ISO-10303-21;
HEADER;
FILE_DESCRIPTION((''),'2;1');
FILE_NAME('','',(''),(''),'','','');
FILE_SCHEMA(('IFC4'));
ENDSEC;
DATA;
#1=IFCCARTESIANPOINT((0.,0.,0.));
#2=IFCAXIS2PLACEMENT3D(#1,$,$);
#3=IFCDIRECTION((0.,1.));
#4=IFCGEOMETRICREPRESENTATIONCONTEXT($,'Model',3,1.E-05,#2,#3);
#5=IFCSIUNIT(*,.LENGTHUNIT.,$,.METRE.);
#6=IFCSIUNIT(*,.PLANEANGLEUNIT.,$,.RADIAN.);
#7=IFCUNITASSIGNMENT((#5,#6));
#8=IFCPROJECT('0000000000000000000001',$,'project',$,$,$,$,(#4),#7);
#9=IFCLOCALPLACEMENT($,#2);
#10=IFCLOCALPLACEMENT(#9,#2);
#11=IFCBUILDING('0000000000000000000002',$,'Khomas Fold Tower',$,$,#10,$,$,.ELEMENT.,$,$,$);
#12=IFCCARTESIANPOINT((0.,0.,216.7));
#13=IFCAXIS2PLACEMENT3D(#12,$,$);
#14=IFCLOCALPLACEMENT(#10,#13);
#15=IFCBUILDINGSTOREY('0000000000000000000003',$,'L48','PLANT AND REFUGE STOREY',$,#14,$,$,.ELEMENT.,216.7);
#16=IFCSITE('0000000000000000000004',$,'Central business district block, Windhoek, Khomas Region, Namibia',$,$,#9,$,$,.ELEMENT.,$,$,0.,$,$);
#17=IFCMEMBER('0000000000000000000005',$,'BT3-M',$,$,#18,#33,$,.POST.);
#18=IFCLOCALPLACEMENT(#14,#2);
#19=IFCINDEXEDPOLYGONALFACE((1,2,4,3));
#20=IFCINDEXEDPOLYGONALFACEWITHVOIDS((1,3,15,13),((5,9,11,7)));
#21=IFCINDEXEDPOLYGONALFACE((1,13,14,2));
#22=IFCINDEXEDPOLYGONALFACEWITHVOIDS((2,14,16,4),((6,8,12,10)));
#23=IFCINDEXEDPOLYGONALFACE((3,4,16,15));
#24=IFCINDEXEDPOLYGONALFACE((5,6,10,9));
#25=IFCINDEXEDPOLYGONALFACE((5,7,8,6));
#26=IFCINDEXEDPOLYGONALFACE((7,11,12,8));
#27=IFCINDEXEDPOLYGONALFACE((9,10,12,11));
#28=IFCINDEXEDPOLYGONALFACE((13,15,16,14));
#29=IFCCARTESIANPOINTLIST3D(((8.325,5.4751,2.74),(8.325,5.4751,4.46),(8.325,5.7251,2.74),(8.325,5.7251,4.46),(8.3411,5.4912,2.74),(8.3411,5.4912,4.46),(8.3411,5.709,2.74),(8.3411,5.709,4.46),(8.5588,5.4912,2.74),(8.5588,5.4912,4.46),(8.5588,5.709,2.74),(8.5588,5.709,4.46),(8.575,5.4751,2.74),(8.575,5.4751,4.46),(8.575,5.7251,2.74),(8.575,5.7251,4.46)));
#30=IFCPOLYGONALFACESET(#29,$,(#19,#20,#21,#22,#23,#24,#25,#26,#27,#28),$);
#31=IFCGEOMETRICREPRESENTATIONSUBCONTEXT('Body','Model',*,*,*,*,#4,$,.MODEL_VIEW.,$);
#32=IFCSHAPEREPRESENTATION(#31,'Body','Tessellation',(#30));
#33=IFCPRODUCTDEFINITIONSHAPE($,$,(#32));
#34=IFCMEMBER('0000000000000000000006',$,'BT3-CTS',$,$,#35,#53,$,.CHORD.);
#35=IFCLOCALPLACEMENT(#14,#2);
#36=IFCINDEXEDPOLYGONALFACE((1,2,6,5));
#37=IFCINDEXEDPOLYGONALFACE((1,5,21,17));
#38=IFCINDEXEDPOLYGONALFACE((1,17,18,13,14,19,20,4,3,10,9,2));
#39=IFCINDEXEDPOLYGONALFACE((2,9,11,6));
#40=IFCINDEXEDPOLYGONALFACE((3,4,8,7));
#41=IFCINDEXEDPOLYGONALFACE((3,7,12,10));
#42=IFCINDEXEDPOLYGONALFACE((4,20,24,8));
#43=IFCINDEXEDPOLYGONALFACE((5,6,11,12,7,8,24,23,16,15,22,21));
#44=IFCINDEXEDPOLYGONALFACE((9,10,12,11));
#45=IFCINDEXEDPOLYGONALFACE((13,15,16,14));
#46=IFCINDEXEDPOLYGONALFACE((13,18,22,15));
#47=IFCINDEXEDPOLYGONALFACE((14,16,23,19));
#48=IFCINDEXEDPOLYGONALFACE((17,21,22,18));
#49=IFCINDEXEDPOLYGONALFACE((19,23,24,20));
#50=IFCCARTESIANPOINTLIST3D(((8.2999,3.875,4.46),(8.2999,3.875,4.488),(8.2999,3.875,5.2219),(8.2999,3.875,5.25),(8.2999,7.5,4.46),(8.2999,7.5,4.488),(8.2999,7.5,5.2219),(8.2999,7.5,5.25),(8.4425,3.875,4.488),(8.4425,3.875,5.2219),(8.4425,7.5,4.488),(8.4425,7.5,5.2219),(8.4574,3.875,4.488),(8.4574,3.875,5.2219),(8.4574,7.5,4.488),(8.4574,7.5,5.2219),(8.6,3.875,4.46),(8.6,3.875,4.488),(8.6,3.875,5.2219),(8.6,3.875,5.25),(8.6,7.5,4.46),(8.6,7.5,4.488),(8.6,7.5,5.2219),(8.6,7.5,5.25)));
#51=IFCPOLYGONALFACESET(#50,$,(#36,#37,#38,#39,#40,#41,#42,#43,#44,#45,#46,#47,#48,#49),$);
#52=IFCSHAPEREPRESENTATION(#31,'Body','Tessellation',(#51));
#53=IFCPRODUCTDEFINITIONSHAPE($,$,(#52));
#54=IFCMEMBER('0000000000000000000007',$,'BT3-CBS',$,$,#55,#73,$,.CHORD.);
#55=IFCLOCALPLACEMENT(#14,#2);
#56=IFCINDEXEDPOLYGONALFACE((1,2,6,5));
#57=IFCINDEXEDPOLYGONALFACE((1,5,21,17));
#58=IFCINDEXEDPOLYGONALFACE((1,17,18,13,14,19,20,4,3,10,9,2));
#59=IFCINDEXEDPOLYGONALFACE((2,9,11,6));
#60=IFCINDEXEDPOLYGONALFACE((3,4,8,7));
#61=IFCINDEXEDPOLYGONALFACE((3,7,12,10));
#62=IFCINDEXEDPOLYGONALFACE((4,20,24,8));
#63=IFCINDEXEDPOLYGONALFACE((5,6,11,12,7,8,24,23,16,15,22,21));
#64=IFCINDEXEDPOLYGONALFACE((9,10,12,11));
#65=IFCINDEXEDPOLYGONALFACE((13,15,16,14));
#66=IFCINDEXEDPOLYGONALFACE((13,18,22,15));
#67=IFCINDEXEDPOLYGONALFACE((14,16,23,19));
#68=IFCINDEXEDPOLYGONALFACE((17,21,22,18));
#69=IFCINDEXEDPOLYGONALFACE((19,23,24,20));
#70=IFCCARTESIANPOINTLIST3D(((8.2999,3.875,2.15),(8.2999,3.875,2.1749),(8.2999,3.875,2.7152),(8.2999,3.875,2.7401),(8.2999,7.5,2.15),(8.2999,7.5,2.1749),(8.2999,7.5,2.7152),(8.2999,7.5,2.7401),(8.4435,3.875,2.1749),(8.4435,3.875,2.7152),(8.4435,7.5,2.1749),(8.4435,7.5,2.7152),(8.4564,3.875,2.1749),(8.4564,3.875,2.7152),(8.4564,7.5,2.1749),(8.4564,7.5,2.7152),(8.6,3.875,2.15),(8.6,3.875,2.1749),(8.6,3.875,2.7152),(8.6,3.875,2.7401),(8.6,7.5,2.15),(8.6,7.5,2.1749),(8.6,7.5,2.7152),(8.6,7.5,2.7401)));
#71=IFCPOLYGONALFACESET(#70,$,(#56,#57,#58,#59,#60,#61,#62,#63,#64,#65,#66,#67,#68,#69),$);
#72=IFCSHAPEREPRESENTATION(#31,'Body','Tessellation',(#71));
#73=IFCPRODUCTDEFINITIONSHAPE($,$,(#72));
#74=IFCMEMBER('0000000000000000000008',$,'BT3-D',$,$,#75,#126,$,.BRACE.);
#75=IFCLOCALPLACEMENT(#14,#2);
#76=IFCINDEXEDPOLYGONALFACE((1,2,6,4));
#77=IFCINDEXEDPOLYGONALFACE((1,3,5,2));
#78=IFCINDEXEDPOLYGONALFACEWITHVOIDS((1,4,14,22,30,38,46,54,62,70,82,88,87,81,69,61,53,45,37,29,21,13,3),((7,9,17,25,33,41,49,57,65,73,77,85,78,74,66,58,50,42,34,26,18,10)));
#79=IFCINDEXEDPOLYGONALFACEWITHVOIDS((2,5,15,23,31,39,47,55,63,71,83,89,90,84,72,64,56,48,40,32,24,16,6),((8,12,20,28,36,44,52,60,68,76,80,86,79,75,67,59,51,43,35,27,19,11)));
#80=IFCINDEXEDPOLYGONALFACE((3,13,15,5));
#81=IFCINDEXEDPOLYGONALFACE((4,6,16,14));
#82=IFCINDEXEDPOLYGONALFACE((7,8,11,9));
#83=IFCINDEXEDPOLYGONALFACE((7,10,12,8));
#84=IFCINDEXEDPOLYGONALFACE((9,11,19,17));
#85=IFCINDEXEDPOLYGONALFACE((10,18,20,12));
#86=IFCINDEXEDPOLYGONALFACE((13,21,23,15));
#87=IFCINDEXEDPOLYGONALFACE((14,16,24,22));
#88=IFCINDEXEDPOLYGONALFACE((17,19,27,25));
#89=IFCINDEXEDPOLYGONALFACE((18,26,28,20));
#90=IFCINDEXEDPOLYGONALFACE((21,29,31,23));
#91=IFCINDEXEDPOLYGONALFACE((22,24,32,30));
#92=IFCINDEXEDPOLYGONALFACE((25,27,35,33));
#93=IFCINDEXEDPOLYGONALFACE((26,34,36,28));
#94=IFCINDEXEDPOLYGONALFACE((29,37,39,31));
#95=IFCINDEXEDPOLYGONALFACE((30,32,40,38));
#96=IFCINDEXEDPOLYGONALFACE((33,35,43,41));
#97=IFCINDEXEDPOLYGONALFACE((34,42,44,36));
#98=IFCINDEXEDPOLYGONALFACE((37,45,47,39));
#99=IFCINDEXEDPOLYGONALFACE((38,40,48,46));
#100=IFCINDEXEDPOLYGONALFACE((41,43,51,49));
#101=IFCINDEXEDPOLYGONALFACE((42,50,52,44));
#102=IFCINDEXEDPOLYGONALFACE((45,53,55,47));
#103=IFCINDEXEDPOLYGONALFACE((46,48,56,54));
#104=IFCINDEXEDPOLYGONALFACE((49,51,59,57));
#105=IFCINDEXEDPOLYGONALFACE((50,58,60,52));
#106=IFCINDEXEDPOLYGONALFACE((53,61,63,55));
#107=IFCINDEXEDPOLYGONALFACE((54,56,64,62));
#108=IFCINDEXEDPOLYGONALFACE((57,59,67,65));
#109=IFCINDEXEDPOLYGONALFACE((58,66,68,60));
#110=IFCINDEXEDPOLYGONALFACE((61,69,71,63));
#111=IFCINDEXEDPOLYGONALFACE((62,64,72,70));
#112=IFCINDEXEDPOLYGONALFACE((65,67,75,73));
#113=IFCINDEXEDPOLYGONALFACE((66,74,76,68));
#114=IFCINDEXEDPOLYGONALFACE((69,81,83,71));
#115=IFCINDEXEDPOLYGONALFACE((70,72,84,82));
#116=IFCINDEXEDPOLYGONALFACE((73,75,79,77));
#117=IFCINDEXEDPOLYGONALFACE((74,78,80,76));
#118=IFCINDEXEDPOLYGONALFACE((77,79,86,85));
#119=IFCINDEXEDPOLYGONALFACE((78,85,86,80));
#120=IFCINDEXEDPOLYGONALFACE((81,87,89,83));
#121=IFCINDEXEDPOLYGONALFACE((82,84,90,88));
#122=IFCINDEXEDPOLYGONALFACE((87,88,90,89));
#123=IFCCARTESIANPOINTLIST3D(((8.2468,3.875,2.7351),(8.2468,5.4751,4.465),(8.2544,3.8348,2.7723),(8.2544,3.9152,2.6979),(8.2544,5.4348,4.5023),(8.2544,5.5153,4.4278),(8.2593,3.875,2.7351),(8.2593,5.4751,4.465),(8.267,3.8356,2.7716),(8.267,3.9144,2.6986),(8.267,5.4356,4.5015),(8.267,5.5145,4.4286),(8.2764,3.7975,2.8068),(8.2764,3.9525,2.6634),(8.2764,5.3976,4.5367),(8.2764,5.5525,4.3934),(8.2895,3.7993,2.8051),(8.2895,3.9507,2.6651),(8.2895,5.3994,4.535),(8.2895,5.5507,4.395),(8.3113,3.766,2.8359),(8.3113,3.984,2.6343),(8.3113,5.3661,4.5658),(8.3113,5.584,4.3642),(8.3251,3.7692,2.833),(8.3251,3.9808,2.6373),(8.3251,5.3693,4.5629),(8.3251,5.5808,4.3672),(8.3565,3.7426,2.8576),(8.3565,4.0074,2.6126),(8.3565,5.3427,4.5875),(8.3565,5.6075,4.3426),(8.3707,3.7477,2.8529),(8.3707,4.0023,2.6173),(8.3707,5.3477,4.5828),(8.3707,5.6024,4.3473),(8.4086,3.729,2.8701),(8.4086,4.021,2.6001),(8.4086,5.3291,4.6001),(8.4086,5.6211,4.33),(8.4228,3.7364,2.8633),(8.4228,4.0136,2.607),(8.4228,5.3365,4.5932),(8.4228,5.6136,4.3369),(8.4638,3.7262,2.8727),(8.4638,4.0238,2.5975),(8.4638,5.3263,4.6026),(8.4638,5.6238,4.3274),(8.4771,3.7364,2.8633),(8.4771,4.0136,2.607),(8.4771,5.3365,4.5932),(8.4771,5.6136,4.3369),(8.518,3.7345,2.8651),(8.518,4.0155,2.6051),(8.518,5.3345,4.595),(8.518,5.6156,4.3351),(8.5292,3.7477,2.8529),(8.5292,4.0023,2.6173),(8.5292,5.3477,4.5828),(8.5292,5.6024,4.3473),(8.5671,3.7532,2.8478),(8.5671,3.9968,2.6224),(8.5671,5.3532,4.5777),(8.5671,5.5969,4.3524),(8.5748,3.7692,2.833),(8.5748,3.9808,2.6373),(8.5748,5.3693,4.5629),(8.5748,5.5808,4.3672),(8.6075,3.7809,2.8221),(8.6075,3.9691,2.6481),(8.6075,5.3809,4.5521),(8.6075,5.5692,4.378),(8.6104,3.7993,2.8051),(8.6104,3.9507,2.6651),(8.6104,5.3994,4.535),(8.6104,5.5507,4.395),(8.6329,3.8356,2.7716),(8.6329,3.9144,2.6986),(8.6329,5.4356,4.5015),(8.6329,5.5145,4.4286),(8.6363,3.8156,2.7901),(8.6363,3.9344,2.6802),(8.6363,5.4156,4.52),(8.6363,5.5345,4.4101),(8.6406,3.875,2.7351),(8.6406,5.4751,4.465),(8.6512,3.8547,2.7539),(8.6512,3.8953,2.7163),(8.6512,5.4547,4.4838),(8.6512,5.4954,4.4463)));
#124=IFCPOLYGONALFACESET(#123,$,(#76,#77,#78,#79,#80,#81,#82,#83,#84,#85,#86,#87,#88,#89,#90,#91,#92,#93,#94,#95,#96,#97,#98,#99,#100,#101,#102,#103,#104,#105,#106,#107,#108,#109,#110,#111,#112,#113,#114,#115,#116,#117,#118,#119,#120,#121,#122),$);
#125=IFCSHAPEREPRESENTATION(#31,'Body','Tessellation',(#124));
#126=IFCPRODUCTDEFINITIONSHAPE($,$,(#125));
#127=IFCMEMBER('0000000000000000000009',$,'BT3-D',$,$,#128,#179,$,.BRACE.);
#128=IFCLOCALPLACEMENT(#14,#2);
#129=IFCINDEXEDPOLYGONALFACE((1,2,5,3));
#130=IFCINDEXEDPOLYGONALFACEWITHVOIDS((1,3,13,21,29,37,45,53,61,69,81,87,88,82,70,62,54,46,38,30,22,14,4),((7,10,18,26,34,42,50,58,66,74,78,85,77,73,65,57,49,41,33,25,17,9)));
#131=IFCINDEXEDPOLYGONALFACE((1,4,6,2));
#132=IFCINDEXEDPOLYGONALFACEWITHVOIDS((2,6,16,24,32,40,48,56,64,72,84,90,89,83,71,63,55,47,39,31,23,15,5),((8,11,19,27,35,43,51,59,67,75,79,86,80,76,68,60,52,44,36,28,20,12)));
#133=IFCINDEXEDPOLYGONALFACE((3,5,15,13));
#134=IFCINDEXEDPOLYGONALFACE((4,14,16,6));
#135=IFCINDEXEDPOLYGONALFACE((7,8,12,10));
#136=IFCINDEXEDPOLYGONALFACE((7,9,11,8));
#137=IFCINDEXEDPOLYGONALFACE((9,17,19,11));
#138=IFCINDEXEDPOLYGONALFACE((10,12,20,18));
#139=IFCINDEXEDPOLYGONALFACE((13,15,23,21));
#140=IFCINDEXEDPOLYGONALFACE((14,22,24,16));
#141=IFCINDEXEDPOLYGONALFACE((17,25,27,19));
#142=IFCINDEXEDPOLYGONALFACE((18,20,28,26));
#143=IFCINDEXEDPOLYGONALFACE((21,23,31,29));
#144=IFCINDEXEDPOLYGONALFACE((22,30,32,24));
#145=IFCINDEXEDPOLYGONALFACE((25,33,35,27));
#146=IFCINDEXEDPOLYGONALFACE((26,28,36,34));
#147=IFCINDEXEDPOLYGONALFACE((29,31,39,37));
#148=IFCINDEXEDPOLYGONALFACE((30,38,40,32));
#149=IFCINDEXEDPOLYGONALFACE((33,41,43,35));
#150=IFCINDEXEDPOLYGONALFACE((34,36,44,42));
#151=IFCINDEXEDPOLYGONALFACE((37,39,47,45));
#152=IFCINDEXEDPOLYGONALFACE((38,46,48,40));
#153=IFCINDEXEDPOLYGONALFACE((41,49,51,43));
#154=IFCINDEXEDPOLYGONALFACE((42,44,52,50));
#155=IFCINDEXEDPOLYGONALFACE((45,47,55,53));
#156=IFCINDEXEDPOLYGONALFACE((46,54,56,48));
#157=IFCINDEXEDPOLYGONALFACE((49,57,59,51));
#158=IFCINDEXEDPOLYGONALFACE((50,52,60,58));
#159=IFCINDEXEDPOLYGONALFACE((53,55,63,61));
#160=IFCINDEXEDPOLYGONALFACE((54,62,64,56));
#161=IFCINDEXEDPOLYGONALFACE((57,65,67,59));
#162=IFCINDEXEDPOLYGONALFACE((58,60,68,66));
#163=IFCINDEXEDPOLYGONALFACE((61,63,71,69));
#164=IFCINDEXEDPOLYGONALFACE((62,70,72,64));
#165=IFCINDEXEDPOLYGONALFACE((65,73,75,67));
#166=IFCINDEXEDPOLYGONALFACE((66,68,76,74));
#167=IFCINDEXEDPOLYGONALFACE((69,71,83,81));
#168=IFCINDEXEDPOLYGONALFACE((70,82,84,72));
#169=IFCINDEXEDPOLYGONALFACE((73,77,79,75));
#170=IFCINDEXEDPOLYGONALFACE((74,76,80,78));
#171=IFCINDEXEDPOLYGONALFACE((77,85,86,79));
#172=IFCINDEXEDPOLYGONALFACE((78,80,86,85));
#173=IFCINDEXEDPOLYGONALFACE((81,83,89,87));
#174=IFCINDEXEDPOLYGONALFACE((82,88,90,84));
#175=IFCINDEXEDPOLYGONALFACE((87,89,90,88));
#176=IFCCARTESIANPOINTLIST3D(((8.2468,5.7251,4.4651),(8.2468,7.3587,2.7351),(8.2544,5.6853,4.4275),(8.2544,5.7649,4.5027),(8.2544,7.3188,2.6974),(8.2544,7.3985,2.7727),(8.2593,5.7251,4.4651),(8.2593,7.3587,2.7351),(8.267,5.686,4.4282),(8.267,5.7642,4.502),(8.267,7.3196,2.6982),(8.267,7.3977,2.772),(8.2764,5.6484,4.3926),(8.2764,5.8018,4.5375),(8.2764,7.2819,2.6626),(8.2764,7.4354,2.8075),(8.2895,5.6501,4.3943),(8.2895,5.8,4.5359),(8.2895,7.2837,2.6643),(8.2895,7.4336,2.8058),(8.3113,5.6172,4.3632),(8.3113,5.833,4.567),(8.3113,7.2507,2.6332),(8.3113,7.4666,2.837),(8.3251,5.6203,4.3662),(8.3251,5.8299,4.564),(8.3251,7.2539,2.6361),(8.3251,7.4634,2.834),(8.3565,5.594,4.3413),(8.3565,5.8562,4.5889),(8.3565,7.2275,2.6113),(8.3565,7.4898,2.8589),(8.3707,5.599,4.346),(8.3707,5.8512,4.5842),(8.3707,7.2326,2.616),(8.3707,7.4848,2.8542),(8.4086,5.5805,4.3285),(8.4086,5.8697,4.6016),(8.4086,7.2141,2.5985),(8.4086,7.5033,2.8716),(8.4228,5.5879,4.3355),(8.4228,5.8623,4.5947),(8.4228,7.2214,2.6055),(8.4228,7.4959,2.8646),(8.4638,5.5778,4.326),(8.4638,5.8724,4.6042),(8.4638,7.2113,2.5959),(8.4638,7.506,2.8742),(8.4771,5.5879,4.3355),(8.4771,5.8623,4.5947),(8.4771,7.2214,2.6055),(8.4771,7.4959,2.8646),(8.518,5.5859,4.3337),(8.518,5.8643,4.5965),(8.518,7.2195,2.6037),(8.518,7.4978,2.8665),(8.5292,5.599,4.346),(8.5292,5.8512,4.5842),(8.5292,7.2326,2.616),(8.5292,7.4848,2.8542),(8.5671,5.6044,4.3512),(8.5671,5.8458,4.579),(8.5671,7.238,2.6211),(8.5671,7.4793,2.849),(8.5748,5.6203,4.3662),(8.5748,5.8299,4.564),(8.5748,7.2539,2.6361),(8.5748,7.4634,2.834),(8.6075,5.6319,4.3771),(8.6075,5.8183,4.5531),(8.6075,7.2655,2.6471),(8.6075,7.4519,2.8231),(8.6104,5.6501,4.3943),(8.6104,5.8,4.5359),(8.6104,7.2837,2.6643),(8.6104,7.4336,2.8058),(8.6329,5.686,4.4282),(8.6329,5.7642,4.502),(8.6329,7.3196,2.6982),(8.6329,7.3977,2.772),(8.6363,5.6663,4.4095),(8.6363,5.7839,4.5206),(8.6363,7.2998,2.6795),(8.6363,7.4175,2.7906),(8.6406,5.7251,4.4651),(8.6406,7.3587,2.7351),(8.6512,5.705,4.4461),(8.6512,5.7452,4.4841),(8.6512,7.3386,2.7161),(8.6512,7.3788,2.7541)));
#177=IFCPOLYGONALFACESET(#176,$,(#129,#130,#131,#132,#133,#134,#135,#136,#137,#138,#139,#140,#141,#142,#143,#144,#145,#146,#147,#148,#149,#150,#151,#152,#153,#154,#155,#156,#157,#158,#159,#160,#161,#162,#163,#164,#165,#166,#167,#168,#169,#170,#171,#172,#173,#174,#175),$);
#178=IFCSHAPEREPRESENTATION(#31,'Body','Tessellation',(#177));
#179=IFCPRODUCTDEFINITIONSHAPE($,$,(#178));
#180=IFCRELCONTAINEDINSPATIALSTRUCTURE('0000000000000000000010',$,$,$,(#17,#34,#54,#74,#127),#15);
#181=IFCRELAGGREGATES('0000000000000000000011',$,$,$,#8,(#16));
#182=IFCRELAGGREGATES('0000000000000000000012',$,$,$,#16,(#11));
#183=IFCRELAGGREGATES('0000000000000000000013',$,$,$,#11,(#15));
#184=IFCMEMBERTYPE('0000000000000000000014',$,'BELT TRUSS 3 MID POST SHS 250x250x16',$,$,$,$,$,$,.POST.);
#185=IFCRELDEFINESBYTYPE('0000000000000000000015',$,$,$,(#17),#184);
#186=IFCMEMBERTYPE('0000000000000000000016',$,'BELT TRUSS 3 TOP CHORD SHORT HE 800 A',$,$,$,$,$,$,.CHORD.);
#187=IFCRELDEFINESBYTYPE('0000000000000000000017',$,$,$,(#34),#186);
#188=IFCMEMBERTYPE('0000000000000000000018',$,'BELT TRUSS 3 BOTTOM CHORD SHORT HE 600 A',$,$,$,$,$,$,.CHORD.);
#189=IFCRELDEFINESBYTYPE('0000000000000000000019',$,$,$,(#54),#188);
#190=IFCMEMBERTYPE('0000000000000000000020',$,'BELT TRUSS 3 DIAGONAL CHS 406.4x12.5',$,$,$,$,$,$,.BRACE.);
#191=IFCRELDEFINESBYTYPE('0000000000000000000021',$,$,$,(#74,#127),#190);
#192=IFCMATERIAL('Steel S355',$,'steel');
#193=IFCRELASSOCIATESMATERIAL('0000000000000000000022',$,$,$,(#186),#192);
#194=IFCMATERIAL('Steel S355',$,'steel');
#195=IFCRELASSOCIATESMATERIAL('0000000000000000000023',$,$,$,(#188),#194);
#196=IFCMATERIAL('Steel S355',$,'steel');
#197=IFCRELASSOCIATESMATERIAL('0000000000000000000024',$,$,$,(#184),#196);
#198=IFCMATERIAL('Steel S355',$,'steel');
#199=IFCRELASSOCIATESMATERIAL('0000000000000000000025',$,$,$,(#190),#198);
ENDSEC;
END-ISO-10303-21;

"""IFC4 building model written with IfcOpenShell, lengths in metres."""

from ifc_helpers import new_model, si_unit, direction, frame, origin, origin_2d, place, context, subcontext, project, spatial, hollow_rectangle, hollow_circle, i_section, extrude, source, transform, mapped, material, material_profile, profile_set, type_object, element, save


model = new_model("IFC4")

# Units and contexts
model_context = context("Model", 3, precision=1e-05, world=origin(), true_north=direction((0.0, 1.0)))
body_context = subcontext(model_context, "Body", "Model", "MODEL_VIEW")
ifc_project = project(units=[si_unit("LENGTHUNIT", "METRE"), si_unit("PLANEANGLEUNIT", "RADIAN")], contexts=[model_context])

# Site, building, storey
site_placement = place(None, origin())
site = spatial("IfcSite", under=ifc_project, at=site_placement, Name="Central business district block, Windhoek, Khomas Region, Namibia", CompositionType="ELEMENT", RefElevation=0.0)
building_placement = place(site_placement, origin())
building = spatial("IfcBuilding", under=site, at=building_placement, Name="Khomas Fold Tower", CompositionType="ELEMENT")
storey_placement = place(building_placement, frame((0.0, 0.0, 216.7)))
storey = spatial("IfcBuildingStorey", under=building, at=storey_placement, Name="L48", Description="PLANT AND REFUGE STOREY", CompositionType="ELEMENT", Elevation=216.7)

# Members
ifc_material_1 = material(Name="Steel S355", Category="steel")
ifc_material_profile_1 = material_profile(ifc_material_1, i_section(OverallWidth=0.3, OverallDepth=0.79, WebThickness=0.0149, FlangeThickness=0.0281, at=origin_2d()), Name="HE 800 A")
ifc_profile_set_1 = profile_set([ifc_material_profile_1], Name="Steel S355")
member_type_1 = type_object("IfcMemberType", Name="BELT TRUSS 3 TOP CHORD SHORT HE 800 A", PredefinedType="CHORD", material=ifc_profile_set_1)
ifc_material_2 = material(Name="Steel S355", Category="steel")
ifc_material_profile_2 = material_profile(ifc_material_2, i_section(OverallWidth=0.3, OverallDepth=0.5901, WebThickness=0.0129, FlangeThickness=0.0249, at=origin_2d()), Name="HE 600 A")
ifc_profile_set_2 = profile_set([ifc_material_profile_2], Name="Steel S355")
member_type_2 = type_object("IfcMemberType", Name="BELT TRUSS 3 BOTTOM CHORD SHORT HE 600 A", PredefinedType="CHORD", material=ifc_profile_set_2)
ifc_material_3 = material(Name="Steel S355", Category="steel")
ifc_material_profile_3 = material_profile(ifc_material_3, hollow_rectangle(XDim=0.25, YDim=0.25, WallThickness=0.0161, at=origin_2d()), Name="SHS 250x250x16")
ifc_profile_set_3 = profile_set([ifc_material_profile_3], Name="Steel S355")
member_type_3 = type_object("IfcMemberType", Name="BELT TRUSS 3 MID POST SHS 250x250x16", PredefinedType="POST", material=ifc_profile_set_3)
shared_shape_1 = source(origin(), body_context, "Body", "SweptSolid", [
    extrude(hollow_rectangle(XDim=0.25, YDim=0.25, WallThickness=0.0161, at=origin_2d()), origin(), (0.0, 0.0, 1.0), 1.72),
])
member_1_placement = place(storey_placement, frame((8.45, 5.6001, 2.74), z_axis=(0.0, 0.0, 1.0), x_axis=(1.0, 0.0, 0.0)))
element("IfcMember", 1, at=member_1_placement, inside=storey, type_object=member_type_3, Name="BT3-M", PredefinedType="POST", context=body_context, shape_type="MappedRepresentation", body=[
    mapped(shared_shape_1, transform((0.0, 0.0, 0.0))),
])
shared_shape_2 = source(origin(), body_context, "Body", "SweptSolid", [
    extrude(i_section(OverallWidth=0.3, OverallDepth=0.79, WebThickness=0.0149, FlangeThickness=0.0281, at=origin_2d()), origin(), (0.0, 0.0, 1.0), 3.625),
])
member_2_placement = place(storey_placement, frame((8.45, 3.875, 4.855), z_axis=(0.0, 1.0, 0.0), x_axis=(-1.0, 0.0, 0.0)))
element("IfcMember", 2, at=member_2_placement, inside=storey, type_object=member_type_1, Name="BT3-CTS", PredefinedType="CHORD", context=body_context, shape_type="MappedRepresentation", body=[
    mapped(shared_shape_2, transform((0.0, 0.0, 0.0))),
])
shared_shape_3 = source(origin(), body_context, "Body", "SweptSolid", [
    extrude(i_section(OverallWidth=0.3, OverallDepth=0.5901, WebThickness=0.0129, FlangeThickness=0.0249, at=origin_2d()), origin(), (0.0, 0.0, 1.0), 3.625),
])
member_3_placement = place(storey_placement, frame((8.45, 3.875, 2.4451), z_axis=(0.0, 1.0, 0.0), x_axis=(-1.0, 0.0, 0.0)))
element("IfcMember", 3, at=member_3_placement, inside=storey, type_object=member_type_2, Name="BT3-CBS", PredefinedType="CHORD", context=body_context, shape_type="MappedRepresentation", body=[
    mapped(shared_shape_3, transform((0.0, 0.0, 0.0))),
])
ifc_material_4 = material(Name="Steel S355", Category="steel")
ifc_material_profile_4 = material_profile(ifc_material_4, hollow_circle(Radius=0.2031, WallThickness=0.0125, at=origin_2d()), Name="CHS 406.4x12.5")
ifc_profile_set_4 = profile_set([ifc_material_profile_4], Name="Steel S355")
member_type_4 = type_object("IfcMemberType", Name="BELT TRUSS 3 DIAGONAL CHS 406.4x12.5", PredefinedType="BRACE", material=ifc_profile_set_4)
shared_shape_4 = source(origin(), body_context, "Body", "SweptSolid", [
    extrude(hollow_circle(Radius=0.2031, WallThickness=0.0125, at=origin_2d()), origin(), (0.0, 0.0, 1.0), 2.3564),
])
member_4_placement = place(storey_placement, frame((8.45, 3.875, 2.7351), z_axis=(0.0, 0.679011, 0.734128), x_axis=(-1.0, 0.0, 0.0)))
element("IfcMember", 4, at=member_4_placement, inside=storey, type_object=member_type_4, Name="BT3-D", PredefinedType="BRACE", context=body_context, shape_type="MappedRepresentation", body=[
    mapped(shared_shape_4, transform((0.0, 0.0, 0.0))),
])
shared_shape_5 = source(origin(), body_context, "Body", "SweptSolid", [
    extrude(hollow_circle(Radius=0.2031, WallThickness=0.0125, at=origin_2d()), origin(), (0.0, 0.0, 1.0), 2.3794),
])
member_5_placement = place(storey_placement, frame((8.45, 5.7251, 4.4651), z_axis=(0.0, 0.686551, -0.727081), x_axis=(-1.0, 0.0, 0.0)))
element("IfcMember", 5, at=member_5_placement, inside=storey, type_object=member_type_4, Name="BT3-D", PredefinedType="BRACE", context=body_context, shape_type="MappedRepresentation", body=[
    mapped(shared_shape_5, transform((0.0, 0.0, 0.0))),
])

save(model, "model.ifc")
